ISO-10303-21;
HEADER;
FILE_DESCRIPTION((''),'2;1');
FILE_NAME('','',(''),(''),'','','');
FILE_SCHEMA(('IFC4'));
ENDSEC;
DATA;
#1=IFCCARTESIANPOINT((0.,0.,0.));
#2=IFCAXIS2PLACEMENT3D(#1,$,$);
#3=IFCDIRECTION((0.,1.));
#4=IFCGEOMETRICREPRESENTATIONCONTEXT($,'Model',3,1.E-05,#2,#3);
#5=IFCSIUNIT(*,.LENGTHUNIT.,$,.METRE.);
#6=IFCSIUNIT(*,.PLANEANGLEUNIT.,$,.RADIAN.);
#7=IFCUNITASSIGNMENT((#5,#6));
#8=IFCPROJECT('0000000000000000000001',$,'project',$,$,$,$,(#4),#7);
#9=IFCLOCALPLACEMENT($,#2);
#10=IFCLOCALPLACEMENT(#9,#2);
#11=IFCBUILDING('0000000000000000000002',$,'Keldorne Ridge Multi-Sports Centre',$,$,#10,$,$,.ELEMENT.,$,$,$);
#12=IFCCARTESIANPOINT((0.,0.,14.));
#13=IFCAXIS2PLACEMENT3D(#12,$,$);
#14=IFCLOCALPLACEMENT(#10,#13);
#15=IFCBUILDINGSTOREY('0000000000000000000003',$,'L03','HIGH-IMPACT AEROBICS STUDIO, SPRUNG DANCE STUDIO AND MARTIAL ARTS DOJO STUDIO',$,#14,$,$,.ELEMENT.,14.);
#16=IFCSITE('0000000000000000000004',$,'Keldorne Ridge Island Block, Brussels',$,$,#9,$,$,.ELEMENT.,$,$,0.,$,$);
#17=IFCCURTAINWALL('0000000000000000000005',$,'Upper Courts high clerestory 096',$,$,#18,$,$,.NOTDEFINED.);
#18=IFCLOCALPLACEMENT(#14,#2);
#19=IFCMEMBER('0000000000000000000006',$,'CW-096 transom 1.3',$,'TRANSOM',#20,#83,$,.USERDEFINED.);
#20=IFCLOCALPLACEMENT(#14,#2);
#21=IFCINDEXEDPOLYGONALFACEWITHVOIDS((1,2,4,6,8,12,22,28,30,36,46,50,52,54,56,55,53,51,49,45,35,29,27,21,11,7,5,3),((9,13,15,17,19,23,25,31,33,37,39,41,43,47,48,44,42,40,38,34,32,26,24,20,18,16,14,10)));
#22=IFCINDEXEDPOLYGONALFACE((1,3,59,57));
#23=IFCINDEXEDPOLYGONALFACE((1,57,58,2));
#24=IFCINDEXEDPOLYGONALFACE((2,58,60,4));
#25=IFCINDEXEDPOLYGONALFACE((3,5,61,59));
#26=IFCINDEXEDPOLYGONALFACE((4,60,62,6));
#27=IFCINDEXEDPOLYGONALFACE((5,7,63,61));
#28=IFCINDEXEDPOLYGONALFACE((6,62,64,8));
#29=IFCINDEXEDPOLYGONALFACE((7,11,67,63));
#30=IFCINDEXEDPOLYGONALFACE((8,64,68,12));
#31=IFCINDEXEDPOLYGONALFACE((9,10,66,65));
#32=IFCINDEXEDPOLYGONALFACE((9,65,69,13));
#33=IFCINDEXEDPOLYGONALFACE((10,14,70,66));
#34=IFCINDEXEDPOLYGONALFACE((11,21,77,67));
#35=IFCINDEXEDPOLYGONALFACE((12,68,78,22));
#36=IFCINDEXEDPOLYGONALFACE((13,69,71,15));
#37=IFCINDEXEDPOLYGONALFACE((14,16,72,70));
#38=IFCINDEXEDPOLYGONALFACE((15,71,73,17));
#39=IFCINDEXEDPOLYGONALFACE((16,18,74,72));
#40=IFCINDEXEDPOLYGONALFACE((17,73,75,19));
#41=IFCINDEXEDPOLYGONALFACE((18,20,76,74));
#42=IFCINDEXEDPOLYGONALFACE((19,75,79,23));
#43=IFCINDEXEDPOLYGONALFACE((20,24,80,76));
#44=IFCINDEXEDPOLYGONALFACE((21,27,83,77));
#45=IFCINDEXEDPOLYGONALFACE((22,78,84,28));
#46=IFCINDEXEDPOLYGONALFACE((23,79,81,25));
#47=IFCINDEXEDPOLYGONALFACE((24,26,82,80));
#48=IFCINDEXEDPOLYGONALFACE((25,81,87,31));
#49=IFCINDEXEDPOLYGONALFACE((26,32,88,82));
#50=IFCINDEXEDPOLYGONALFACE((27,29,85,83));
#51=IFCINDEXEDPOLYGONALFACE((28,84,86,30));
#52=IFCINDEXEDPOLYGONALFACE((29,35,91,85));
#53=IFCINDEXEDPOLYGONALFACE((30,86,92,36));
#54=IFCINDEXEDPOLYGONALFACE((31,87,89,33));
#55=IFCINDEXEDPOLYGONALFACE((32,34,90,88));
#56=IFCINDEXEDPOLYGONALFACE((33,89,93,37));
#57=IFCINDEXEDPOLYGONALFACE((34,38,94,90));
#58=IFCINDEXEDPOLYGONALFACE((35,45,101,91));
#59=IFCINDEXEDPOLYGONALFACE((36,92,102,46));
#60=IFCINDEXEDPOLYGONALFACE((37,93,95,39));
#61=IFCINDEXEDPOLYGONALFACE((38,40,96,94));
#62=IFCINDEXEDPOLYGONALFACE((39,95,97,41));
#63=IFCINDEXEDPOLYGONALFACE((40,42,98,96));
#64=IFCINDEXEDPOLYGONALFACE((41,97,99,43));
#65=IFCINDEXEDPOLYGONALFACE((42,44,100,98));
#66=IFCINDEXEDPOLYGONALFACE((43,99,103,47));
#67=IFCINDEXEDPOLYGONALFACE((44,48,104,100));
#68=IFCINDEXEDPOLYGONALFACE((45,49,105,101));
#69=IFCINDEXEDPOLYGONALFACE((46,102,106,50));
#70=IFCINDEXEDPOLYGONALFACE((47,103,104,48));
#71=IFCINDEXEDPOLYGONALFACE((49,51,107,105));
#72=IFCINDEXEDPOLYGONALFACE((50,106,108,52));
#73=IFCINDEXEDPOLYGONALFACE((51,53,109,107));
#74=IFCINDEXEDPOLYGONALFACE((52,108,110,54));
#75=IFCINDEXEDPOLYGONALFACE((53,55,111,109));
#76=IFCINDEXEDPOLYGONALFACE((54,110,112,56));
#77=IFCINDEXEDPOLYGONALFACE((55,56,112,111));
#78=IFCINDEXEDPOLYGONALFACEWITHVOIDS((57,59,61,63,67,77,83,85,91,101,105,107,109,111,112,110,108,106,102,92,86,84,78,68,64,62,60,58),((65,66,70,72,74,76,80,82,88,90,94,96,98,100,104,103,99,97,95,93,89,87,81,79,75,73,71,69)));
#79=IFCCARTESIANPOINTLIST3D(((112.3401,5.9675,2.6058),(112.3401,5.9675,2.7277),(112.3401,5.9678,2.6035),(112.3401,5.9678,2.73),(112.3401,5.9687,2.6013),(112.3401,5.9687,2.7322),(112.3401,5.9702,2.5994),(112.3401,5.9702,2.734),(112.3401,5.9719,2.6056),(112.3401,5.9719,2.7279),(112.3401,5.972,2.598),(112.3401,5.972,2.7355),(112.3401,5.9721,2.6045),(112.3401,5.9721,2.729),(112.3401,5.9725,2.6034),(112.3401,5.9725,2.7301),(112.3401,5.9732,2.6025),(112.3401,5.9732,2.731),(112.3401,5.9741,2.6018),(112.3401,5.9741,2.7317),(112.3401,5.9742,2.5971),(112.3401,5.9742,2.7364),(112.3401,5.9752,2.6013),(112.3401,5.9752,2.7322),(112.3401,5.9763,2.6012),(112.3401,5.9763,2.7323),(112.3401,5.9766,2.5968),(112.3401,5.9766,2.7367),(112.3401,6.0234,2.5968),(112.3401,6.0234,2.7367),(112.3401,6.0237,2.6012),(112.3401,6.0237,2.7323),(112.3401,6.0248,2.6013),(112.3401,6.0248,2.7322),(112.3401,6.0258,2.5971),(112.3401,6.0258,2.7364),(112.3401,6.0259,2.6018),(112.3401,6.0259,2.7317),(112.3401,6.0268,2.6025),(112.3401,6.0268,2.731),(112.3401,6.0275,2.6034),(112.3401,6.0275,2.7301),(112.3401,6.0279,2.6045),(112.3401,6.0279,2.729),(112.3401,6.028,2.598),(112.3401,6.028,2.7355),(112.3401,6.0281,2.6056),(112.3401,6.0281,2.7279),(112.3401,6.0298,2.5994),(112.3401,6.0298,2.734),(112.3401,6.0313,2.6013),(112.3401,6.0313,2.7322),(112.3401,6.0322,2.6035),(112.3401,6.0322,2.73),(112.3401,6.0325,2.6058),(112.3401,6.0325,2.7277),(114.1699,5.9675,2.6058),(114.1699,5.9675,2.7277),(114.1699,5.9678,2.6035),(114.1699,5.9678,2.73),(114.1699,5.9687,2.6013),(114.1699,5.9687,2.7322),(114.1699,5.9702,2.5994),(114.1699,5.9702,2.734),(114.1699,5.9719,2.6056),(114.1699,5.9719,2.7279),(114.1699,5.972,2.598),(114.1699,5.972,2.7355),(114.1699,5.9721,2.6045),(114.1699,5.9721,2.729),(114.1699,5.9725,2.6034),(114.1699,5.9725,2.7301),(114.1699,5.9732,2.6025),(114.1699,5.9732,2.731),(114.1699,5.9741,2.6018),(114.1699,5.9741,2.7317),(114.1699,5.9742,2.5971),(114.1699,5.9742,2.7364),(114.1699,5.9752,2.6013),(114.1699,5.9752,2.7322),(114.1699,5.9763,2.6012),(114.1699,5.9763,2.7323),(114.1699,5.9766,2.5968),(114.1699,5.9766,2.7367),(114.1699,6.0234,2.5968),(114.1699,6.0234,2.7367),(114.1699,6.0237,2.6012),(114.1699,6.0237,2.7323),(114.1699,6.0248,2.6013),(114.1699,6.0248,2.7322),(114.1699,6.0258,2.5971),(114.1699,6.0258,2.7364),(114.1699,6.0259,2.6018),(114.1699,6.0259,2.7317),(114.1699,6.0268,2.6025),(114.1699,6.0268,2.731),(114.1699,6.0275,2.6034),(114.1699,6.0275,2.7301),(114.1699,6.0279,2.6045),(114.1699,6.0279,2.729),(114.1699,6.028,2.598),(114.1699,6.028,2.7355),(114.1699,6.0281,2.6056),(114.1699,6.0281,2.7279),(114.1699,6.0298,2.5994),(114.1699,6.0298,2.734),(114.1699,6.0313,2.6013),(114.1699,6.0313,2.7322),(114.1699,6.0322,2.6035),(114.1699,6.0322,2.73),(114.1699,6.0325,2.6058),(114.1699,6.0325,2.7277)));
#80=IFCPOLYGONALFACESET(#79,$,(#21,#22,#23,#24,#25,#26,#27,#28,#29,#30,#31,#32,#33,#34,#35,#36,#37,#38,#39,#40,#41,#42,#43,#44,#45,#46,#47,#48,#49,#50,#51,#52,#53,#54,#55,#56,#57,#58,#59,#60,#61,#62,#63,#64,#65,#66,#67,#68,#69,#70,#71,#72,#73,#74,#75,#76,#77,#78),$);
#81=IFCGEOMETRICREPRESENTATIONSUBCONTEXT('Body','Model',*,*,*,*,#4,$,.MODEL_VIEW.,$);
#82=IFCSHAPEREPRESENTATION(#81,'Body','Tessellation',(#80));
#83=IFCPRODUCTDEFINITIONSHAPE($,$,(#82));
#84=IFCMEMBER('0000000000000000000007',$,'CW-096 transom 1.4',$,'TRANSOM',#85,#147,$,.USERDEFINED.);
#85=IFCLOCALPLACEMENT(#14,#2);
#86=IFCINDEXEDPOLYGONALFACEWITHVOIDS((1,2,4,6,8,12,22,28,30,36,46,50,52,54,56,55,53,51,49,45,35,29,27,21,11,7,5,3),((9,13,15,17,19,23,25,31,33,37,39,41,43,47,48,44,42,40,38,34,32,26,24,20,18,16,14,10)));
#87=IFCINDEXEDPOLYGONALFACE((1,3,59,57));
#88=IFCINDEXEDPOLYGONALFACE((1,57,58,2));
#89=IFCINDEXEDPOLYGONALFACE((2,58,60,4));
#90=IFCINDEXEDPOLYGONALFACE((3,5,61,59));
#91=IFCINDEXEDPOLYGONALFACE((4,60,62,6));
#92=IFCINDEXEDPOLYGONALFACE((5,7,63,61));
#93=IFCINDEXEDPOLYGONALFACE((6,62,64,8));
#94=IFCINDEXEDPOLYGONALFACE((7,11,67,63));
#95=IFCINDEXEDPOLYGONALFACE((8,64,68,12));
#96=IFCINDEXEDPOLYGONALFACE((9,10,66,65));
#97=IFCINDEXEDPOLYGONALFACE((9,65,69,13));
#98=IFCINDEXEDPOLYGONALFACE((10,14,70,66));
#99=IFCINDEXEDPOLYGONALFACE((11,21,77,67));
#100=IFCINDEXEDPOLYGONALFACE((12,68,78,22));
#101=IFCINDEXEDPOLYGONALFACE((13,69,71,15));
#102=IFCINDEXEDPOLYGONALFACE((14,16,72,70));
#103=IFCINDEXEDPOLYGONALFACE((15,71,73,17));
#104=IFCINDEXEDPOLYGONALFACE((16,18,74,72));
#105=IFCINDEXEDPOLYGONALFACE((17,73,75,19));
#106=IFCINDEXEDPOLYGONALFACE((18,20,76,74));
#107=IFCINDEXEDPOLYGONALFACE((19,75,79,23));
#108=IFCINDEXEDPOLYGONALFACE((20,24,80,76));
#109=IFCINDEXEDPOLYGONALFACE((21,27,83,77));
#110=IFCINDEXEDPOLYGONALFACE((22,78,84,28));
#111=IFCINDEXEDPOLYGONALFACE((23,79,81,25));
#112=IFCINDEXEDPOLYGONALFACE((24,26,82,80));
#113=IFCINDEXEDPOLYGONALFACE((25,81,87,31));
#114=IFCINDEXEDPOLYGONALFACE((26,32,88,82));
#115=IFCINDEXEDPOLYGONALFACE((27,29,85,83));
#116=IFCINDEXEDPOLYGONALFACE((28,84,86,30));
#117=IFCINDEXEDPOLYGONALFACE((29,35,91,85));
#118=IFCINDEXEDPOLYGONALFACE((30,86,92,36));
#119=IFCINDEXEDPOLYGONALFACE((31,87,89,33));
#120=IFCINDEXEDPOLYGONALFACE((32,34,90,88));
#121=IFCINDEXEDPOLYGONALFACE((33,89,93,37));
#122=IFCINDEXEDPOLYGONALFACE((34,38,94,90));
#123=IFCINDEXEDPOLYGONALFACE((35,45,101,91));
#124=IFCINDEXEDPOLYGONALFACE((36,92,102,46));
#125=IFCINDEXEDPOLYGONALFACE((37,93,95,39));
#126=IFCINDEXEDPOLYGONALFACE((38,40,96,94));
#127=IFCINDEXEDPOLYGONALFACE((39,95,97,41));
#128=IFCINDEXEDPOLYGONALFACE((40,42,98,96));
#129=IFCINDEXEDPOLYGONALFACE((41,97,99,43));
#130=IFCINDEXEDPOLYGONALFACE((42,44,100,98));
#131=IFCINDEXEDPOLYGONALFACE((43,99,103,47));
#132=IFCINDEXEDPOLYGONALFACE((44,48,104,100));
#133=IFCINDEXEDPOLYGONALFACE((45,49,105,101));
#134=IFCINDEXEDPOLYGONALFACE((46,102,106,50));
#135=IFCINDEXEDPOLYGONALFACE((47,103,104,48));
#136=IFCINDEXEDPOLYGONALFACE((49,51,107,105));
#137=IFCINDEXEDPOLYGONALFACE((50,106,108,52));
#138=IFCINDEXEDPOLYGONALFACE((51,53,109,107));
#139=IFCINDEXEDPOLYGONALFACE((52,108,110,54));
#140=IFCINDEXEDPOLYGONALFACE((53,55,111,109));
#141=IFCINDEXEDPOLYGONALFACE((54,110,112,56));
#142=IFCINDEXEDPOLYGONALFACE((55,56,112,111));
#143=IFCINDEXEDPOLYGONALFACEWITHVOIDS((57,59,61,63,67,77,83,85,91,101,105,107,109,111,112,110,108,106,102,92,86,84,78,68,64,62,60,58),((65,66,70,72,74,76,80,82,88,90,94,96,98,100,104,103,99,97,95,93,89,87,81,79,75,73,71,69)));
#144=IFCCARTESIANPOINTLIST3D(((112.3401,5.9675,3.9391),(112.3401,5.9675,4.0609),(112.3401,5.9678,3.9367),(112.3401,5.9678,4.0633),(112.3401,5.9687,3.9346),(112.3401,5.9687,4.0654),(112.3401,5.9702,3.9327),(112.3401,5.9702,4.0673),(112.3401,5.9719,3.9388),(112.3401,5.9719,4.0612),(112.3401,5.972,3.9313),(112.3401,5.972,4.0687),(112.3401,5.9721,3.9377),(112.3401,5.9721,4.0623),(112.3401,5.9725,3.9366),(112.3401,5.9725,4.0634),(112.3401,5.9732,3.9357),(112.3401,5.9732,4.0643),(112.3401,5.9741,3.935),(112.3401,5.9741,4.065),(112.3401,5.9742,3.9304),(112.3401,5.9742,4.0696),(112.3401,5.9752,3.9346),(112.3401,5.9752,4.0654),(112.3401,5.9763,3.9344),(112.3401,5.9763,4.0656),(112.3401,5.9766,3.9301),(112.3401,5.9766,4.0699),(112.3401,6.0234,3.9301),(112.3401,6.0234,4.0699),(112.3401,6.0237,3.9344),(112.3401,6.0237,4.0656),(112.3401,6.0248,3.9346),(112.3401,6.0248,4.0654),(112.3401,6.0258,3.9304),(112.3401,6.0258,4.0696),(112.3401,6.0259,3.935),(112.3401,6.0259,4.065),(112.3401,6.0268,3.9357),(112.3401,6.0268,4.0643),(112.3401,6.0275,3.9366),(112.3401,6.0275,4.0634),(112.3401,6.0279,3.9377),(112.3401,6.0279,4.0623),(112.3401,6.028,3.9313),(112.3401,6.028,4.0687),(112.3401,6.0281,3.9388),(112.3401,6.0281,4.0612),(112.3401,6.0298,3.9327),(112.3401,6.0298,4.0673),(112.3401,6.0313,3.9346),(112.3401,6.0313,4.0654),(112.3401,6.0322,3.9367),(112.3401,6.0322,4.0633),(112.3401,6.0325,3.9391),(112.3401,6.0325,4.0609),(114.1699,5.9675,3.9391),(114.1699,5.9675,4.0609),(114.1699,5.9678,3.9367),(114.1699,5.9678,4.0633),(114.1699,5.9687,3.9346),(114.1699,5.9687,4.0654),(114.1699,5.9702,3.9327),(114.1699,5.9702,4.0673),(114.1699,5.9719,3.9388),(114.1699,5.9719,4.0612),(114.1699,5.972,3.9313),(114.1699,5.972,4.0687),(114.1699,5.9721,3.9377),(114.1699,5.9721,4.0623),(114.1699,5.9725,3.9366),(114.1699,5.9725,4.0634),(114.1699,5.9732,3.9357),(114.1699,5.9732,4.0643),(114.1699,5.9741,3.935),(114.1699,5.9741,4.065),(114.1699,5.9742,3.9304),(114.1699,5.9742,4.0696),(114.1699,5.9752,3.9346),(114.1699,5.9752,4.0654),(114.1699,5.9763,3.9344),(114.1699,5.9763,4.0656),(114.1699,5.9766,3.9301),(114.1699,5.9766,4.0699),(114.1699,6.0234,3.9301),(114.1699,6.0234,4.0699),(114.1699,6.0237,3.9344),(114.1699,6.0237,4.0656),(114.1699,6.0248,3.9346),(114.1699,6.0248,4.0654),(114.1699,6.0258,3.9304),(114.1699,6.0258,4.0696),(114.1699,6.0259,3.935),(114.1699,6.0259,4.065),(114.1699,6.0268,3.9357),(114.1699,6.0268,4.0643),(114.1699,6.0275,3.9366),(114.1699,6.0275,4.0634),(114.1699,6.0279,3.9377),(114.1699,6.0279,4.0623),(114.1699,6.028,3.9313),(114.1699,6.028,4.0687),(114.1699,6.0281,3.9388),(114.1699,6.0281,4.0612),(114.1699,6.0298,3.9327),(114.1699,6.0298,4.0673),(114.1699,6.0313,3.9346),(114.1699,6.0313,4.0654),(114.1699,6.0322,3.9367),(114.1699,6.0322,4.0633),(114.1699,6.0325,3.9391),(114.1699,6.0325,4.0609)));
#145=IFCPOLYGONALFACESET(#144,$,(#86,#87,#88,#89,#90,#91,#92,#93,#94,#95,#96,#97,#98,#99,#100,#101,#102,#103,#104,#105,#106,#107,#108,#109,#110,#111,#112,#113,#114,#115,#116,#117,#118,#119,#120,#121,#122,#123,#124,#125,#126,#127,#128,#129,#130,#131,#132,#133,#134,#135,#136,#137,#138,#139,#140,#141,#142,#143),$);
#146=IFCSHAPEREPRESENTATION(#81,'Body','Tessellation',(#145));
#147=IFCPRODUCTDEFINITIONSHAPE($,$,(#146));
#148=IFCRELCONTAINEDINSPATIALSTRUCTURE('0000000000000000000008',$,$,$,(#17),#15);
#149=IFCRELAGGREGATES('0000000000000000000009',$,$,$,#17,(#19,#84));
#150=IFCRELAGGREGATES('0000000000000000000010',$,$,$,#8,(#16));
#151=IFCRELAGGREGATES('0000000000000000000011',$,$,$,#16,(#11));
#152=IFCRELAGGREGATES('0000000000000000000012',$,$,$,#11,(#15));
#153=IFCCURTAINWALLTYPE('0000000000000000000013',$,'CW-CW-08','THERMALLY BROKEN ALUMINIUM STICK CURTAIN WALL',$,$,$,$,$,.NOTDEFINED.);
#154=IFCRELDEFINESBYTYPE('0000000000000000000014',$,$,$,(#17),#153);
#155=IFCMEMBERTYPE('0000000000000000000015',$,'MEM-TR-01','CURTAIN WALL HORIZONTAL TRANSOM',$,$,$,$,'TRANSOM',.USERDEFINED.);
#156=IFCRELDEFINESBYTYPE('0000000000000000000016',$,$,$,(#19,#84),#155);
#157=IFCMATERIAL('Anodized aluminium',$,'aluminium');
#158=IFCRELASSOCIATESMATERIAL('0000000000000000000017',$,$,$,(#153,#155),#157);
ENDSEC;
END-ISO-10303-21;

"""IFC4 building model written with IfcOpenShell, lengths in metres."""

from ifc_helpers import new_model, si_unit, direction, frame, origin, origin_2d, place, context, subcontext, project, spatial, hollow_rectangle, extrude, material, material_profile, profile_set, type_object, element, aggregate, save


model = new_model("IFC4")

# Units and contexts
model_context = context("Model", 3, precision=1e-05, world=origin(), true_north=direction((0.0, 1.0)))
body_context = subcontext(model_context, "Body", "Model", "MODEL_VIEW")
ifc_project = project(units=[si_unit("LENGTHUNIT", "METRE"), si_unit("PLANEANGLEUNIT", "RADIAN")], contexts=[model_context])

# Site, building, storey
site_placement = place(None, origin())
site = spatial("IfcSite", under=ifc_project, at=site_placement, Name="Keldorne Ridge Island Block, Brussels", CompositionType="ELEMENT", RefElevation=0.0)
building_placement = place(site_placement, origin())
building = spatial("IfcBuilding", under=site, at=building_placement, Name="Keldorne Ridge Multi-Sports Centre", CompositionType="ELEMENT")
storey_placement = place(building_placement, frame((0.0, 0.0, 14.0)))
storey = spatial("IfcBuildingStorey", under=building, at=storey_placement, Name="L03", Description="HIGH-IMPACT AEROBICS STUDIO, SPRUNG DANCE STUDIO AND MARTIAL ARTS DOJO STUDIO", CompositionType="ELEMENT", Elevation=14.0)

# Shared definitions
ifc_material_1 = material(Name="Anodized aluminium", Category="aluminium")

# Curtain wall
curtain_wall_type_1 = type_object("IfcCurtainWallType", Name="CW-CW-08", Description="THERMALLY BROKEN ALUMINIUM STICK CURTAIN WALL", PredefinedType="NOTDEFINED", material=ifc_material_1)
curtain_wall_1_placement = place(storey_placement, origin())
curtain_wall_1 = element("IfcCurtainWall", 1, at=curtain_wall_1_placement, inside=storey, type_object=curtain_wall_type_1, Name="Upper Courts high clerestory 096", PredefinedType="NOTDEFINED")

# Members
ifc_material_profile_1 = material_profile(ifc_material_1, hollow_rectangle(XDim=0.0649, YDim=0.1399, WallThickness=0.0044, InnerFilletRadius=0.0044, OuterFilletRadius=0.009, at=origin_2d()), Name="ALU TRANSOM 140x65x4.5")
ifc_profile_set_1 = profile_set([ifc_material_profile_1], Name="Anodized aluminium")
member_type_1 = type_object("IfcMemberType", Name="MEM-TR-01", Description="CURTAIN WALL HORIZONTAL TRANSOM", ElementType="TRANSOM", PredefinedType="USERDEFINED", material=ifc_profile_set_1)
member_1_placement = place(storey_placement, frame((112.3401, 6.0, 2.6667), z_axis=(1.0, 0.0, 0.0), x_axis=(0.0, 1.0, 0.0)))
member_1 = element("IfcMember", 2, at=member_1_placement, type_object=member_type_1, Name="CW-096 transom 1.3", ObjectType="TRANSOM", PredefinedType="USERDEFINED", context=body_context, shape_type="SweptSolid", body=[
    extrude(hollow_rectangle(XDim=0.0649, YDim=0.1399, WallThickness=0.0044, InnerFilletRadius=0.0044, OuterFilletRadius=0.009, at=origin_2d()), origin(), (0.0, 0.0, 1.0), 1.8298),
])
member_2_placement = place(storey_placement, frame((112.3401, 6.0, 4.0), z_axis=(1.0, 0.0, 0.0), x_axis=(0.0, 1.0, 0.0)))
member_2 = element("IfcMember", 3, at=member_2_placement, type_object=member_type_1, Name="CW-096 transom 1.4", ObjectType="TRANSOM", PredefinedType="USERDEFINED", context=body_context, shape_type="SweptSolid", body=[
    extrude(hollow_rectangle(XDim=0.0649, YDim=0.1399, WallThickness=0.0044, InnerFilletRadius=0.0044, OuterFilletRadius=0.009, at=origin_2d()), origin(), (0.0, 0.0, 1.0), 1.8298),
])

aggregate(curtain_wall_1, [member_1, member_2])

save(model, "model.ifc")
